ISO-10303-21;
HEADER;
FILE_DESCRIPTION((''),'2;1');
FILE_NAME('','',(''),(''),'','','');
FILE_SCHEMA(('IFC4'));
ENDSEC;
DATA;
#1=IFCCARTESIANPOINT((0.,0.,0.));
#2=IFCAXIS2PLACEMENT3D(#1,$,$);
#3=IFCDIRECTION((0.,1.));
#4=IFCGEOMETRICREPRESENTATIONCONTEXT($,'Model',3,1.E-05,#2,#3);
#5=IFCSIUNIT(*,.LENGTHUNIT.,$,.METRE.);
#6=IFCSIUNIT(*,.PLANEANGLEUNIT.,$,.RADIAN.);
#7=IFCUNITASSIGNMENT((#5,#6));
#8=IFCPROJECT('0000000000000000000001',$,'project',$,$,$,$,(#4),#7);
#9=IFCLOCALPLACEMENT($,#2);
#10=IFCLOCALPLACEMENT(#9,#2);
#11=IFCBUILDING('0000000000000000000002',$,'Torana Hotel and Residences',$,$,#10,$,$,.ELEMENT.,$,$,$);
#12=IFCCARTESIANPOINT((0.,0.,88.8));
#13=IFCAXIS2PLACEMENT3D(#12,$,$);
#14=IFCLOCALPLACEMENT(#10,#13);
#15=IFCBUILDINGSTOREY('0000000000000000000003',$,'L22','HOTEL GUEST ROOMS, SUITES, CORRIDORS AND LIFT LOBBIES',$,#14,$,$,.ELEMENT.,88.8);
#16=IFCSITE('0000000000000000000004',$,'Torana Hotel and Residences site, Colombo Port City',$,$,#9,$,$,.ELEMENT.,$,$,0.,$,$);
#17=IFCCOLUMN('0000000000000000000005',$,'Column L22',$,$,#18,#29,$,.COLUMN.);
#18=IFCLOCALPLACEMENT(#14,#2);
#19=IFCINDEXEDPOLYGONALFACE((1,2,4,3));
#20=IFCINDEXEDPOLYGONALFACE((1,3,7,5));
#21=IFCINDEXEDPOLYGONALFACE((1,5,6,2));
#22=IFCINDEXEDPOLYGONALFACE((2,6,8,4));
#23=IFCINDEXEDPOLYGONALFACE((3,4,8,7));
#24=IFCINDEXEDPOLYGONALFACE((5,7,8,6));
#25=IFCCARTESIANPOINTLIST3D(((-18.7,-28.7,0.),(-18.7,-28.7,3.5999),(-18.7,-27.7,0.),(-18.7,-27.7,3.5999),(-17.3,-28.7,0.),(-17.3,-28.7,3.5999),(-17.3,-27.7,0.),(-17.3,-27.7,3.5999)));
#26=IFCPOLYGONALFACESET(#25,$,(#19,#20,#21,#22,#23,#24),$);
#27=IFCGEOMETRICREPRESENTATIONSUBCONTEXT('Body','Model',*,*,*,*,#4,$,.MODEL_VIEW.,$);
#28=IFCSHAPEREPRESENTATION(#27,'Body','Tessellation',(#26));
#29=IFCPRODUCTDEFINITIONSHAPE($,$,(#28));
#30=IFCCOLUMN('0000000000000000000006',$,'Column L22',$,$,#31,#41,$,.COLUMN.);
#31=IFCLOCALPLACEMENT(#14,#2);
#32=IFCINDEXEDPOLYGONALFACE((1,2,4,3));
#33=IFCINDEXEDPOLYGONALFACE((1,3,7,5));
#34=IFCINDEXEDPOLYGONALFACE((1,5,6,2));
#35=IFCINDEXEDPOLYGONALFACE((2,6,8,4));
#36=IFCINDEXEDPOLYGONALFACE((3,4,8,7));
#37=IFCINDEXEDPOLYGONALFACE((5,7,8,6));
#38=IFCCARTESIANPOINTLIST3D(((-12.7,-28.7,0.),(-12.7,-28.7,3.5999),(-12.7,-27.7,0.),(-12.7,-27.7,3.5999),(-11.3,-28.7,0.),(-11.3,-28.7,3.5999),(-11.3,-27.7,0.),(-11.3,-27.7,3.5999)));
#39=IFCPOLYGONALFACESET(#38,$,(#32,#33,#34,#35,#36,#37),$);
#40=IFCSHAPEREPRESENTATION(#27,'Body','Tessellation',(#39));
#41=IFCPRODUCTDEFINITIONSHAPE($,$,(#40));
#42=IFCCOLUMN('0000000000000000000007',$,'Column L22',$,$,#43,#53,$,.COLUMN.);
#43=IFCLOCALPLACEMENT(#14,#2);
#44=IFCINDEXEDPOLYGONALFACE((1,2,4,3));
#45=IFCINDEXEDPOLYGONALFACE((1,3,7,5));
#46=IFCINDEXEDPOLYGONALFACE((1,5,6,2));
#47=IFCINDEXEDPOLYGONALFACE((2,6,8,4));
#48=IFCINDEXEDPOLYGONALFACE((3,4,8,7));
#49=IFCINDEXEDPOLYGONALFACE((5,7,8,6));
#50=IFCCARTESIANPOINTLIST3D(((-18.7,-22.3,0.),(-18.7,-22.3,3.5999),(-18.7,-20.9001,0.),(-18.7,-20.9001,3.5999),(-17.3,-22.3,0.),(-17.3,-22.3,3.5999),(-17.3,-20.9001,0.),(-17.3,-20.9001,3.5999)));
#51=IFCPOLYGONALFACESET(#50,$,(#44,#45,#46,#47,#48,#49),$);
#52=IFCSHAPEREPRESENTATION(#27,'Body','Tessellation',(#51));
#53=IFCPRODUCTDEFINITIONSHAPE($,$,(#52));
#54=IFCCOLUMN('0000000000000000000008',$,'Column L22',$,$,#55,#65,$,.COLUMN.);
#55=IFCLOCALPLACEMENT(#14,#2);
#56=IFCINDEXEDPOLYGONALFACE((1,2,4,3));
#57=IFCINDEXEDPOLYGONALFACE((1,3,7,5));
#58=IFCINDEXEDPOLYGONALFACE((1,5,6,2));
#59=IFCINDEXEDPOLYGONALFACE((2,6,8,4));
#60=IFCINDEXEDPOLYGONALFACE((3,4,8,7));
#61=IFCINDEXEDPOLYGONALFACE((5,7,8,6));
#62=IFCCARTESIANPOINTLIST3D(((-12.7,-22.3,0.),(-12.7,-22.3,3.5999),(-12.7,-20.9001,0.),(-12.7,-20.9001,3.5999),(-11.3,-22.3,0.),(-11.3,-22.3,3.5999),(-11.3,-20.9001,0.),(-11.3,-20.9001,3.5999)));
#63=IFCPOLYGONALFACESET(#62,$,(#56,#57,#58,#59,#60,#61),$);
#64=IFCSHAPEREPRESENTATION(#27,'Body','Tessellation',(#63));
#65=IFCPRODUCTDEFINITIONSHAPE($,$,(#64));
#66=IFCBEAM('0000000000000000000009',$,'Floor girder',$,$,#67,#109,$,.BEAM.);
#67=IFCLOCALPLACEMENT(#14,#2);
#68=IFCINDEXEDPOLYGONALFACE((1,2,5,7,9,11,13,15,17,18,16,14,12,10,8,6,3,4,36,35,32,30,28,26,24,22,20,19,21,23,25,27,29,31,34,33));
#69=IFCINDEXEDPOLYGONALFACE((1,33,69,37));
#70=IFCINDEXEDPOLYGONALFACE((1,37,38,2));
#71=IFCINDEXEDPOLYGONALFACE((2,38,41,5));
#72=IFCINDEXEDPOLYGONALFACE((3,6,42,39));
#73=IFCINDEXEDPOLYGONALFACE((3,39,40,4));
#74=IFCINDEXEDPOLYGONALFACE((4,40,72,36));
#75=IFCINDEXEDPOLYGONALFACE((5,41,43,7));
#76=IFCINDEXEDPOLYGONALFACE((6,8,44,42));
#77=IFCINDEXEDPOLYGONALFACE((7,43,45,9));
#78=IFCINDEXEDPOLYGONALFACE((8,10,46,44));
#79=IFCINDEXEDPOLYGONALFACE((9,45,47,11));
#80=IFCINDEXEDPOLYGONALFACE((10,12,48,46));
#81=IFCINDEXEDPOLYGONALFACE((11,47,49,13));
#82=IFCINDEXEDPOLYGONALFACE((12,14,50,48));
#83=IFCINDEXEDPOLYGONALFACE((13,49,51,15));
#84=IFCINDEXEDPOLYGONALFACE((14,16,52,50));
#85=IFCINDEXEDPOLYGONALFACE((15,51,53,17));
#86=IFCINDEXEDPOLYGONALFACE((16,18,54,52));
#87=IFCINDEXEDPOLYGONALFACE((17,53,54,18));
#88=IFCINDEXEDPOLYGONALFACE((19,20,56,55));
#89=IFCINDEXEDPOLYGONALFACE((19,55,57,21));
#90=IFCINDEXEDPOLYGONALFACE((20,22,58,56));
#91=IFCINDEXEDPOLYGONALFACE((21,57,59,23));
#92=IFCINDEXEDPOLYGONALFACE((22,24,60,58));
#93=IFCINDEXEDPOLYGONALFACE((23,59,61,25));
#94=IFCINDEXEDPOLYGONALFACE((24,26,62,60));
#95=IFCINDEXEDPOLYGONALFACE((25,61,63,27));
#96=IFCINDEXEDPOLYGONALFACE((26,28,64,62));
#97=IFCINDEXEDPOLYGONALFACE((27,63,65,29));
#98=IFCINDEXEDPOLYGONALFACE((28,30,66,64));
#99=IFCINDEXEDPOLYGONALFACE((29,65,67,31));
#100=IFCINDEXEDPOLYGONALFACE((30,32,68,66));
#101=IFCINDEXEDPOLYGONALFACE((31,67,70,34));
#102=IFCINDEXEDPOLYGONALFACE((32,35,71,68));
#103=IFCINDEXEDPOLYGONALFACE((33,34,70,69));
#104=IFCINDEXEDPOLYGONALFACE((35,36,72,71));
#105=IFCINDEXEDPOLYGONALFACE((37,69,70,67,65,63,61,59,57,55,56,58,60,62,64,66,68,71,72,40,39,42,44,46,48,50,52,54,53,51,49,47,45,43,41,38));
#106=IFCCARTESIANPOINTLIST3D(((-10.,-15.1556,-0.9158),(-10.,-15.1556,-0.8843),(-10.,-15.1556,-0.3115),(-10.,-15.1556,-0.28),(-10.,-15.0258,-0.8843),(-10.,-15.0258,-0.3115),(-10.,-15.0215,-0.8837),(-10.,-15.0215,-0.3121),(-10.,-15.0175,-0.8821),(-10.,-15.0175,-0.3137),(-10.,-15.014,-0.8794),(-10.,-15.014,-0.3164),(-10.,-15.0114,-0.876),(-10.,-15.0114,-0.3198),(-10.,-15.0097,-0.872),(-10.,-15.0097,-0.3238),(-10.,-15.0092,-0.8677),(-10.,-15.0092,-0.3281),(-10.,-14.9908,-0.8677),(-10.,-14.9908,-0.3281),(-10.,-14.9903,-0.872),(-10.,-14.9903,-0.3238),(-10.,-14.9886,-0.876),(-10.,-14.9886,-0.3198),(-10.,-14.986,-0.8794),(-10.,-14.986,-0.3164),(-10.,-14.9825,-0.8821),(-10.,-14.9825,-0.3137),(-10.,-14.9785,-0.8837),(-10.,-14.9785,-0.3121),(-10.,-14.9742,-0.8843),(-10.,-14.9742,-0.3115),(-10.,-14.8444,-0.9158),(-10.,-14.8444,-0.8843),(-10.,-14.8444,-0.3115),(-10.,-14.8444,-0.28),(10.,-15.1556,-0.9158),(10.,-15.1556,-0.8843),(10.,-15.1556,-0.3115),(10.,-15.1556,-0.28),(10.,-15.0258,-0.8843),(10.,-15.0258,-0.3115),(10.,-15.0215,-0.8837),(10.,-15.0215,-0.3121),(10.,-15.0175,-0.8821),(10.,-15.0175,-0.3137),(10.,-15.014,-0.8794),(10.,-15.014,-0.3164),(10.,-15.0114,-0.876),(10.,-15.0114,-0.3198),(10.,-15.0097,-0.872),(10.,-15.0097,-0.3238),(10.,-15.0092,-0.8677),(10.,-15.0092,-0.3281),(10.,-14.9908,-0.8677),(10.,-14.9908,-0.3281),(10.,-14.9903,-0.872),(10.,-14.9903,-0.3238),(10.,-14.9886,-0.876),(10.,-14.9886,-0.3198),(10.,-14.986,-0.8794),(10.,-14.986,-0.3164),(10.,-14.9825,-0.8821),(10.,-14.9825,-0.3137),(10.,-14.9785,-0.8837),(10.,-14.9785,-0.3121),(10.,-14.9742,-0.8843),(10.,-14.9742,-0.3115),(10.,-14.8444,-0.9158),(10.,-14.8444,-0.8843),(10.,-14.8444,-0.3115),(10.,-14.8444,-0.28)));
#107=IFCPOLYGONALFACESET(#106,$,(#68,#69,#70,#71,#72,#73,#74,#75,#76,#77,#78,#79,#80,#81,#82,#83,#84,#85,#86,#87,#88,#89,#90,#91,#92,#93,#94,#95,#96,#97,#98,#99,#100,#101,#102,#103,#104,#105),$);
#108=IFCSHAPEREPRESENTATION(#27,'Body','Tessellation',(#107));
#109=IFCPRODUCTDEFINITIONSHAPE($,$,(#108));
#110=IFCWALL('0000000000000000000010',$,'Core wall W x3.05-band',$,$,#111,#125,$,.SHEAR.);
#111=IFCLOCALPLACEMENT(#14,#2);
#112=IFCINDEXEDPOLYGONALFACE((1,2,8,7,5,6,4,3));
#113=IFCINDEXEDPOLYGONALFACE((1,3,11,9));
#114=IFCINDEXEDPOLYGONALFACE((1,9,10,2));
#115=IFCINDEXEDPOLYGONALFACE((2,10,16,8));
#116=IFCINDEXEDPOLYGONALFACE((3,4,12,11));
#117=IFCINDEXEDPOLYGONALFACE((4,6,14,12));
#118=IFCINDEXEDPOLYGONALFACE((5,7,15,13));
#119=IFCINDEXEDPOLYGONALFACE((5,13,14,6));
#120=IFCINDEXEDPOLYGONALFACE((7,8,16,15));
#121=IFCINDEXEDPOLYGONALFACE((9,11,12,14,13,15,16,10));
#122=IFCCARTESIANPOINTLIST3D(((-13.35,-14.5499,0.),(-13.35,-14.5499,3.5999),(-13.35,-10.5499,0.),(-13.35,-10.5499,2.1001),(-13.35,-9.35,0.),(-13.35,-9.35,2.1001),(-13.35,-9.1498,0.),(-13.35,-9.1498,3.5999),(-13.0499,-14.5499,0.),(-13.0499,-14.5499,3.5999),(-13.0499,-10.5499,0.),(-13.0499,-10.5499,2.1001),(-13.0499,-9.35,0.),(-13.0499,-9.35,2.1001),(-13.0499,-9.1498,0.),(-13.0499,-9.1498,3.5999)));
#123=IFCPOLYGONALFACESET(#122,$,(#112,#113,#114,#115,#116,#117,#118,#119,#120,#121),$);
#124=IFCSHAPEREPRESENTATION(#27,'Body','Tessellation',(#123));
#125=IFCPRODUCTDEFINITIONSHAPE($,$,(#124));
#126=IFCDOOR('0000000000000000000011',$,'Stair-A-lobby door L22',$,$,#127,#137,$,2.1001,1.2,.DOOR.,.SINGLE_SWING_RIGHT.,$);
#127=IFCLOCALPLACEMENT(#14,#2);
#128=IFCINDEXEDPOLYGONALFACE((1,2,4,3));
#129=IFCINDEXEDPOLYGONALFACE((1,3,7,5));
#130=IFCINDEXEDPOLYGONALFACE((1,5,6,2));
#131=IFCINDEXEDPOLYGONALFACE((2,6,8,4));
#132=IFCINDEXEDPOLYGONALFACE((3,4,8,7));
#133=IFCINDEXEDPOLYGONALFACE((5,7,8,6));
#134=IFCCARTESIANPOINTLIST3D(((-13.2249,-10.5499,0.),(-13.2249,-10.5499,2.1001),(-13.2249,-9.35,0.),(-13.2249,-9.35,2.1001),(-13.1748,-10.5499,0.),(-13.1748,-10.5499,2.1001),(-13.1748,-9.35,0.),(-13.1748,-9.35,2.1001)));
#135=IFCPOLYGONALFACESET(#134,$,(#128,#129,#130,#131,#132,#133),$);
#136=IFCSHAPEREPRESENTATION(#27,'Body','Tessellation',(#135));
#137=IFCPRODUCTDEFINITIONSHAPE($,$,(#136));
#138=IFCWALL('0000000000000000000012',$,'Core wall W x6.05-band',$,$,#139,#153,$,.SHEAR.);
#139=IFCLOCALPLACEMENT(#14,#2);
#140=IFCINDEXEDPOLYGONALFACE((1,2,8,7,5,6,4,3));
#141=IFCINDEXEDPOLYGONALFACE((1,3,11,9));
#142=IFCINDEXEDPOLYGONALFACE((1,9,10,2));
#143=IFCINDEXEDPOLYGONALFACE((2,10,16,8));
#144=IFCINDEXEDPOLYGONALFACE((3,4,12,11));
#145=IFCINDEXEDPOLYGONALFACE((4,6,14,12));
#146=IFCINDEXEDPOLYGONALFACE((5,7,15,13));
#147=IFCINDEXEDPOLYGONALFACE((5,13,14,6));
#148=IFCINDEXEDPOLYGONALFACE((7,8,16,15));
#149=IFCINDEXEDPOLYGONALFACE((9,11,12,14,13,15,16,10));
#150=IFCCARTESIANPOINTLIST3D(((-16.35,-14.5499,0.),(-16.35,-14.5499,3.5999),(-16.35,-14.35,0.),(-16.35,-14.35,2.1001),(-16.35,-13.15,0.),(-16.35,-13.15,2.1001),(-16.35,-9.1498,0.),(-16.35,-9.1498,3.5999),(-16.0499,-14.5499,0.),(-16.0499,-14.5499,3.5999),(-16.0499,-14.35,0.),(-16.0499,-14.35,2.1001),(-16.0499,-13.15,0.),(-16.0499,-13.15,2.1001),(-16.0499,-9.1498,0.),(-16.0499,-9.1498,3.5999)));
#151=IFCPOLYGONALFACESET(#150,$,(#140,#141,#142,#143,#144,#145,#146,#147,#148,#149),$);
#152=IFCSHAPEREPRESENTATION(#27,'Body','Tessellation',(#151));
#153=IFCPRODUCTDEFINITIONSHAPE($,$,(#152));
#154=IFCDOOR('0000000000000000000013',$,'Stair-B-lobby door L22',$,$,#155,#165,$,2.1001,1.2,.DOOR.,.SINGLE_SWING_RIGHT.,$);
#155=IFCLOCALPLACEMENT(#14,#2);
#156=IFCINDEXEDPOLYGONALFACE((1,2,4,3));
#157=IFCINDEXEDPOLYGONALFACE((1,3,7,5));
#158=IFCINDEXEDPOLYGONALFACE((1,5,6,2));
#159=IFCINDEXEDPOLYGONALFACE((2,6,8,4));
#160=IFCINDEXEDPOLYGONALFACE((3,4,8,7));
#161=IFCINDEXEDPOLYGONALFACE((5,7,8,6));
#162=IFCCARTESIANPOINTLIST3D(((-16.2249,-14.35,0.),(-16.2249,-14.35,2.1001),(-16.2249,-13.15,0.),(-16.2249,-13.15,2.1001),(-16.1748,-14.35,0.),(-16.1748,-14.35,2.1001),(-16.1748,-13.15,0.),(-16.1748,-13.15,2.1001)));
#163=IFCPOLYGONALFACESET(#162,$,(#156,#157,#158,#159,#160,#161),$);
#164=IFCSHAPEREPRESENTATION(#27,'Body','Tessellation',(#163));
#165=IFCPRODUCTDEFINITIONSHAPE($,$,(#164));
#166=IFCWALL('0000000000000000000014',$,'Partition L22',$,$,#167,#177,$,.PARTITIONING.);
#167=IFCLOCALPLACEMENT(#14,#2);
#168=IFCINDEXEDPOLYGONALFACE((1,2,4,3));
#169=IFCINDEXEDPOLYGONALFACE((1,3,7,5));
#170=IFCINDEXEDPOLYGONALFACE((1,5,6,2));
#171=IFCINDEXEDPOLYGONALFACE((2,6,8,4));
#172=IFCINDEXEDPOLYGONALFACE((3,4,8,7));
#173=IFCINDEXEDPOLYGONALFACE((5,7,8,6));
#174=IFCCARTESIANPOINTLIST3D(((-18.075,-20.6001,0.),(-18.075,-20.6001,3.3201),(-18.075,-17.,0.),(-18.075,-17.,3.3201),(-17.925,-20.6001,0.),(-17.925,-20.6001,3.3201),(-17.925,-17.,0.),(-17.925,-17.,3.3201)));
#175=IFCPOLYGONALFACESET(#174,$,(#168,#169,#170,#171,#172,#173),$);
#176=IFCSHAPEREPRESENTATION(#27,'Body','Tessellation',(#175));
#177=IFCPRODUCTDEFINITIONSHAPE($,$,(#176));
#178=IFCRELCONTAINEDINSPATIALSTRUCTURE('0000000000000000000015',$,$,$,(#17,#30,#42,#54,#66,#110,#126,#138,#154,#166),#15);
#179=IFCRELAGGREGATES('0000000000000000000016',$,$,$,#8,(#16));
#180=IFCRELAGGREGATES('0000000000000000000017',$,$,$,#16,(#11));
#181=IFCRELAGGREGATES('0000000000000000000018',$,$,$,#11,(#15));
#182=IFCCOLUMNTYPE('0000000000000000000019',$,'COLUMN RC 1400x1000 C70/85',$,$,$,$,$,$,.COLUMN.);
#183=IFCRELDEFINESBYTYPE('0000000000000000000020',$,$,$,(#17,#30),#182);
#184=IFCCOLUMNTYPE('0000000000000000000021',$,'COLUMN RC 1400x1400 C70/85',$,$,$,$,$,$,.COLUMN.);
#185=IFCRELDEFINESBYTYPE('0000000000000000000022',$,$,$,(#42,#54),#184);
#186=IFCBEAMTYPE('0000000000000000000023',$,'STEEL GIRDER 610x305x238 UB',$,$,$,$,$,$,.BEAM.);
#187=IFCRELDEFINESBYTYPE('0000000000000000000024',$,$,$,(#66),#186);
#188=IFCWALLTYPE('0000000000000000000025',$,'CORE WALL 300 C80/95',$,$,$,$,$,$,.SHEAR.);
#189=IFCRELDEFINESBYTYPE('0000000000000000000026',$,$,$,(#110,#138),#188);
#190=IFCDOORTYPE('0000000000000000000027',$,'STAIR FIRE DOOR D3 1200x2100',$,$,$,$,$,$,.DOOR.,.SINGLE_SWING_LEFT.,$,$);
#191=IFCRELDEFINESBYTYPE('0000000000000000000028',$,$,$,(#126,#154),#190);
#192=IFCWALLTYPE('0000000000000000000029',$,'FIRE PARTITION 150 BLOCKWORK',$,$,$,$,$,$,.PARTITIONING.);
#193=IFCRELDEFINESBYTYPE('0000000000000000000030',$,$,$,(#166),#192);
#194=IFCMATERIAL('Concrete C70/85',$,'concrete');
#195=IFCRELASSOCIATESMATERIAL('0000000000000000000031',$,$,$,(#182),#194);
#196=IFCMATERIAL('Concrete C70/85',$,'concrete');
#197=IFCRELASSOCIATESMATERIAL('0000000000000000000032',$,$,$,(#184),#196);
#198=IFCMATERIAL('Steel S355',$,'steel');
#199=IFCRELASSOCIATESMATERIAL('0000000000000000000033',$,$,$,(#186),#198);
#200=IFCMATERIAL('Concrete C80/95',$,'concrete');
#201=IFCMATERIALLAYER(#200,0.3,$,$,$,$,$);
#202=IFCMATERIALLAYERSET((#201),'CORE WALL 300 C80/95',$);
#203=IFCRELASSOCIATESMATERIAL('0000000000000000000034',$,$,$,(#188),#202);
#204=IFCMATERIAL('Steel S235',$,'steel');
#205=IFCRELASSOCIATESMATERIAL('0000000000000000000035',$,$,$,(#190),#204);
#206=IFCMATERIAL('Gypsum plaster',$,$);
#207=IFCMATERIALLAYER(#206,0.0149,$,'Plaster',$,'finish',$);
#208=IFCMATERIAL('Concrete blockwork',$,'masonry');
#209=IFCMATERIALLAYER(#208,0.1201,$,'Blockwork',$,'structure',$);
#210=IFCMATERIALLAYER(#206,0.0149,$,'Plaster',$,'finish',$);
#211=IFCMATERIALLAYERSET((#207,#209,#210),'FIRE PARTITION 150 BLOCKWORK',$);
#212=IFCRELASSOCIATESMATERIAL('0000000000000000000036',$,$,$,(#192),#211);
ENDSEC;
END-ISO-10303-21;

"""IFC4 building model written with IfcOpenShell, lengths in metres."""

from ifc_helpers import new_model, si_unit, direction, frame, frame_2d, origin, origin_2d, place, context, subcontext, project, spatial, rectangle, i_section, extrude, material, layer, layer_set, material_profile, profile_set, type_object, element, fill, save


model = new_model("IFC4")

# Units and contexts
model_context = context("Model", 3, precision=1e-05, world=origin(), true_north=direction((0.0, 1.0)))
body_context = subcontext(model_context, "Body", "Model", "MODEL_VIEW")
ifc_project = project(units=[si_unit("LENGTHUNIT", "METRE"), si_unit("PLANEANGLEUNIT", "RADIAN")], contexts=[model_context])

# Site, building, storey
site_placement = place(None, origin())
site = spatial("IfcSite", under=ifc_project, at=site_placement, Name="Torana Hotel and Residences site, Colombo Port City", CompositionType="ELEMENT", RefElevation=0.0)
building_placement = place(site_placement, origin())
building = spatial("IfcBuilding", under=site, at=building_placement, Name="Torana Hotel and Residences", CompositionType="ELEMENT")
storey_placement = place(building_placement, frame((0.0, 0.0, 88.8)))
storey = spatial("IfcBuildingStorey", under=building, at=storey_placement, Name="L22", Description="HOTEL GUEST ROOMS, SUITES, CORRIDORS AND LIFT LOBBIES", CompositionType="ELEMENT", Elevation=88.8)

# Columns
ifc_material_1 = material(Name="Concrete C70/85", Category="concrete")
ifc_material_profile_1 = material_profile(ifc_material_1, rectangle(XDim=1.3999, YDim=1.0, at=origin_2d()), Name="RC 1400x1000")
ifc_profile_set_1 = profile_set([ifc_material_profile_1], Name="Concrete C70/85")
column_type_1 = type_object("IfcColumnType", Name="COLUMN RC 1400x1000 C70/85", PredefinedType="COLUMN", material=ifc_profile_set_1)
for number, where, z_axis, x_axis, name in (
    (1, (-18.0, -28.2, 0.0), (0.0, 0.0, 1.0), (1.0, 0.0, 0.0), "Column L22"),
    (2, (-12.0, -28.2, 0.0), (0.0, 0.0, 1.0), (1.0, 0.0, 0.0), "Column L22"),
):
    element("IfcColumn", number, at=place(storey_placement, frame(where, z_axis=z_axis, x_axis=x_axis)), inside=storey, type_object=column_type_1, Name=name, PredefinedType="COLUMN", context=body_context, shape_type="SweptSolid", body=[
        extrude(rectangle(XDim=1.3999, YDim=1.0, at=origin_2d()), origin(), (0.0, 0.0, 1.0), 3.5999),
    ])
ifc_material_2 = material(Name="Concrete C70/85", Category="concrete")
ifc_material_profile_2 = material_profile(ifc_material_2, rectangle(XDim=1.3999, YDim=1.3999, at=origin_2d()), Name="RC 1400x1400")
ifc_profile_set_2 = profile_set([ifc_material_profile_2], Name="Concrete C70/85")
column_type_2 = type_object("IfcColumnType", Name="COLUMN RC 1400x1400 C70/85", PredefinedType="COLUMN", material=ifc_profile_set_2)
for number, where, z_axis, x_axis, name in (
    (3, (-18.0, -21.6001, 0.0), (0.0, 0.0, 1.0), (1.0, 0.0, 0.0), "Column L22"),
    (4, (-12.0, -21.6001, 0.0), (0.0, 0.0, 1.0), (1.0, 0.0, 0.0), "Column L22"),
):
    element("IfcColumn", number, at=place(storey_placement, frame(where, z_axis=z_axis, x_axis=x_axis)), inside=storey, type_object=column_type_2, Name=name, PredefinedType="COLUMN", context=body_context, shape_type="SweptSolid", body=[
        extrude(rectangle(XDim=1.3999, YDim=1.3999, at=origin_2d()), origin(), (0.0, 0.0, 1.0), 3.5999),
    ])

# Beam
ifc_material_3 = material(Name="Steel S355", Category="steel")
ifc_material_profile_3 = material_profile(ifc_material_3, i_section(OverallWidth=0.3113, OverallDepth=0.6357, WebThickness=0.0183, FlangeThickness=0.0315, FilletRadius=0.0166, at=origin_2d()), Name="610x305x238 UB")
ifc_profile_set_3 = profile_set([ifc_material_profile_3], Name="Steel S355")
beam_type = type_object("IfcBeamType", Name="STEEL GIRDER 610x305x238 UB", PredefinedType="BEAM", material=ifc_profile_set_3)
beam_placement = place(storey_placement, frame((-10.0, -15.0, -0.5979), z_axis=(1.0, 0.0, 0.0), x_axis=(0.0, 1.0, 0.0)))
element("IfcBeam", 5, at=beam_placement, inside=storey, type_object=beam_type, Name="Floor girder", PredefinedType="BEAM", context=body_context, shape_type="SweptSolid", body=[
    extrude(i_section(OverallWidth=0.3113, OverallDepth=0.6357, WebThickness=0.0183, FlangeThickness=0.0315, FilletRadius=0.0166, at=origin_2d()), origin(), (0.0, 0.0, 1.0), 20.0),
])

# Walls, openings, doors
ifc_material_4 = material(Name="Concrete C80/95", Category="concrete")
ifc_layer_1 = layer(ifc_material_4, 0.3)
ifc_layer_set_1 = layer_set([ifc_layer_1], Name="CORE WALL 300 C80/95")
wall_type_1 = type_object("IfcWallType", Name="CORE WALL 300 C80/95", PredefinedType="SHEAR", material=ifc_layer_set_1)
wall_1_placement = place(storey_placement, frame((-13.2, -14.55, 0.0), z_axis=(0.0, 0.0, 1.0), x_axis=(0.0, 1.0, 0.0)))
wall_1 = element("IfcWall", 6, at=wall_1_placement, inside=storey, type_object=wall_type_1, Name="Core wall W x3.05-band", PredefinedType="SHEAR", context=body_context, shape_type="SweptSolid", body=[
    extrude(rectangle(XDim=5.4001, YDim=0.3, at=frame_2d((2.7002, 0.0))), origin(), (0.0, 0.0, 1.0), 3.5999),
])
opening_1_placement = place(wall_1_placement, frame((4.0, 0.0, 0.0)))
opening_1 = element("IfcOpeningElement", 7, at=opening_1_placement, cuts=wall_1, PredefinedType="OPENING", context=body_context, shape_type="SweptSolid", body=[
    extrude(rectangle(XDim=1.2, YDim=2.1001, at=frame_2d((0.6001, 1.05))), frame((0.0, 0.1599, 0.0), z_axis=(0.0, -1.0, 0.0), x_axis=(1.0, 0.0, 0.0)), (0.0, 0.0, 1.0), 0.3201),
])
ifc_material_5 = material(Name="Steel S235", Category="steel")
door_type_1 = type_object("IfcDoorType", Name="STAIR FIRE DOOR D3 1200x2100", OperationType="SINGLE_SWING_LEFT", PredefinedType="DOOR", material=ifc_material_5)
door_1_placement = place(opening_1_placement, frame((0.6001, 0.0, 0.0), z_axis=(0.0, 0.0, 1.0), x_axis=(-1.0, 0.0, 0.0)))
door_1 = element("IfcDoor", 8, at=door_1_placement, inside=storey, type_object=door_type_1, Name="Stair-A-lobby door L22", OperationType="SINGLE_SWING_RIGHT", OverallHeight=2.1001, OverallWidth=1.2, PredefinedType="DOOR", context=body_context, shape_type="SweptSolid", body=[
    extrude(rectangle(XDim=1.2, YDim=2.1001, at=frame_2d((0.0, 1.05))), frame((0.0, -0.0249, 0.0), z_axis=(0.0, 1.0, 0.0), x_axis=(-1.0, 0.0, 0.0)), (0.0, 0.0, 1.0), 0.05),
])
fill(opening_1, door_1)
wall_2_placement = place(storey_placement, frame((-16.2, -14.55, 0.0), z_axis=(0.0, 0.0, 1.0), x_axis=(0.0, 1.0, 0.0)))
wall_2 = element("IfcWall", 9, at=wall_2_placement, inside=storey, type_object=wall_type_1, Name="Core wall W x6.05-band", PredefinedType="SHEAR", context=body_context, shape_type="SweptSolid", body=[
    extrude(rectangle(XDim=5.4001, YDim=0.3, at=frame_2d((2.7002, 0.0))), origin(), (0.0, 0.0, 1.0), 3.5999),
])
opening_2_placement = place(wall_2_placement, frame((0.2, 0.0, 0.0)))
opening_2 = element("IfcOpeningElement", 10, at=opening_2_placement, cuts=wall_2, PredefinedType="OPENING", context=body_context, shape_type="SweptSolid", body=[
    extrude(rectangle(XDim=1.2, YDim=2.1001, at=frame_2d((0.6001, 1.05))), frame((0.0, 0.1599, 0.0), z_axis=(0.0, -1.0, 0.0), x_axis=(1.0, 0.0, 0.0)), (0.0, 0.0, 1.0), 0.3201),
])
door_2_placement = place(opening_2_placement, origin())
door_2 = element("IfcDoor", 11, at=door_2_placement, inside=storey, type_object=door_type_1, Name="Stair-B-lobby door L22", OperationType="SINGLE_SWING_RIGHT", OverallHeight=2.1001, OverallWidth=1.2, PredefinedType="DOOR", context=body_context, shape_type="SweptSolid", body=[
    extrude(rectangle(XDim=1.2, YDim=2.1001, at=frame_2d((0.6001, 1.05))), frame((0.0, 0.0249, 0.0), z_axis=(0.0, -1.0, 0.0), x_axis=(1.0, 0.0, 0.0)), (0.0, 0.0, 1.0), 0.05),
])
fill(opening_2, door_2)

# Wall
ifc_material_6 = material(Name="Gypsum plaster")
ifc_layer_2 = layer(ifc_material_6, 0.0149, Name="Plaster", Category="finish")
ifc_material_7 = material(Name="Concrete blockwork", Category="masonry")
ifc_layer_3 = layer(ifc_material_7, 0.1201, Name="Blockwork", Category="structure")
ifc_layer_4 = layer(ifc_material_6, 0.0149, Name="Plaster", Category="finish")
ifc_layer_set_2 = layer_set([ifc_layer_2, ifc_layer_3, ifc_layer_4], Name="FIRE PARTITION 150 BLOCKWORK")
wall_type_2 = type_object("IfcWallType", Name="FIRE PARTITION 150 BLOCKWORK", PredefinedType="PARTITIONING", material=ifc_layer_set_2)
wall_3_placement = place(storey_placement, frame((-18.0, -20.6001, 0.0), z_axis=(0.0, 0.0, 1.0), x_axis=(0.0, 1.0, 0.0)))
element("IfcWall", 12, at=wall_3_placement, inside=storey, type_object=wall_type_2, Name="Partition L22", PredefinedType="PARTITIONING", context=body_context, shape_type="SweptSolid", body=[
    extrude(rectangle(XDim=3.6001, YDim=0.1499, at=frame_2d((1.8, 0.0))), origin(), (0.0, 0.0, 1.0), 3.3201),
])

save(model, "model.ifc")
